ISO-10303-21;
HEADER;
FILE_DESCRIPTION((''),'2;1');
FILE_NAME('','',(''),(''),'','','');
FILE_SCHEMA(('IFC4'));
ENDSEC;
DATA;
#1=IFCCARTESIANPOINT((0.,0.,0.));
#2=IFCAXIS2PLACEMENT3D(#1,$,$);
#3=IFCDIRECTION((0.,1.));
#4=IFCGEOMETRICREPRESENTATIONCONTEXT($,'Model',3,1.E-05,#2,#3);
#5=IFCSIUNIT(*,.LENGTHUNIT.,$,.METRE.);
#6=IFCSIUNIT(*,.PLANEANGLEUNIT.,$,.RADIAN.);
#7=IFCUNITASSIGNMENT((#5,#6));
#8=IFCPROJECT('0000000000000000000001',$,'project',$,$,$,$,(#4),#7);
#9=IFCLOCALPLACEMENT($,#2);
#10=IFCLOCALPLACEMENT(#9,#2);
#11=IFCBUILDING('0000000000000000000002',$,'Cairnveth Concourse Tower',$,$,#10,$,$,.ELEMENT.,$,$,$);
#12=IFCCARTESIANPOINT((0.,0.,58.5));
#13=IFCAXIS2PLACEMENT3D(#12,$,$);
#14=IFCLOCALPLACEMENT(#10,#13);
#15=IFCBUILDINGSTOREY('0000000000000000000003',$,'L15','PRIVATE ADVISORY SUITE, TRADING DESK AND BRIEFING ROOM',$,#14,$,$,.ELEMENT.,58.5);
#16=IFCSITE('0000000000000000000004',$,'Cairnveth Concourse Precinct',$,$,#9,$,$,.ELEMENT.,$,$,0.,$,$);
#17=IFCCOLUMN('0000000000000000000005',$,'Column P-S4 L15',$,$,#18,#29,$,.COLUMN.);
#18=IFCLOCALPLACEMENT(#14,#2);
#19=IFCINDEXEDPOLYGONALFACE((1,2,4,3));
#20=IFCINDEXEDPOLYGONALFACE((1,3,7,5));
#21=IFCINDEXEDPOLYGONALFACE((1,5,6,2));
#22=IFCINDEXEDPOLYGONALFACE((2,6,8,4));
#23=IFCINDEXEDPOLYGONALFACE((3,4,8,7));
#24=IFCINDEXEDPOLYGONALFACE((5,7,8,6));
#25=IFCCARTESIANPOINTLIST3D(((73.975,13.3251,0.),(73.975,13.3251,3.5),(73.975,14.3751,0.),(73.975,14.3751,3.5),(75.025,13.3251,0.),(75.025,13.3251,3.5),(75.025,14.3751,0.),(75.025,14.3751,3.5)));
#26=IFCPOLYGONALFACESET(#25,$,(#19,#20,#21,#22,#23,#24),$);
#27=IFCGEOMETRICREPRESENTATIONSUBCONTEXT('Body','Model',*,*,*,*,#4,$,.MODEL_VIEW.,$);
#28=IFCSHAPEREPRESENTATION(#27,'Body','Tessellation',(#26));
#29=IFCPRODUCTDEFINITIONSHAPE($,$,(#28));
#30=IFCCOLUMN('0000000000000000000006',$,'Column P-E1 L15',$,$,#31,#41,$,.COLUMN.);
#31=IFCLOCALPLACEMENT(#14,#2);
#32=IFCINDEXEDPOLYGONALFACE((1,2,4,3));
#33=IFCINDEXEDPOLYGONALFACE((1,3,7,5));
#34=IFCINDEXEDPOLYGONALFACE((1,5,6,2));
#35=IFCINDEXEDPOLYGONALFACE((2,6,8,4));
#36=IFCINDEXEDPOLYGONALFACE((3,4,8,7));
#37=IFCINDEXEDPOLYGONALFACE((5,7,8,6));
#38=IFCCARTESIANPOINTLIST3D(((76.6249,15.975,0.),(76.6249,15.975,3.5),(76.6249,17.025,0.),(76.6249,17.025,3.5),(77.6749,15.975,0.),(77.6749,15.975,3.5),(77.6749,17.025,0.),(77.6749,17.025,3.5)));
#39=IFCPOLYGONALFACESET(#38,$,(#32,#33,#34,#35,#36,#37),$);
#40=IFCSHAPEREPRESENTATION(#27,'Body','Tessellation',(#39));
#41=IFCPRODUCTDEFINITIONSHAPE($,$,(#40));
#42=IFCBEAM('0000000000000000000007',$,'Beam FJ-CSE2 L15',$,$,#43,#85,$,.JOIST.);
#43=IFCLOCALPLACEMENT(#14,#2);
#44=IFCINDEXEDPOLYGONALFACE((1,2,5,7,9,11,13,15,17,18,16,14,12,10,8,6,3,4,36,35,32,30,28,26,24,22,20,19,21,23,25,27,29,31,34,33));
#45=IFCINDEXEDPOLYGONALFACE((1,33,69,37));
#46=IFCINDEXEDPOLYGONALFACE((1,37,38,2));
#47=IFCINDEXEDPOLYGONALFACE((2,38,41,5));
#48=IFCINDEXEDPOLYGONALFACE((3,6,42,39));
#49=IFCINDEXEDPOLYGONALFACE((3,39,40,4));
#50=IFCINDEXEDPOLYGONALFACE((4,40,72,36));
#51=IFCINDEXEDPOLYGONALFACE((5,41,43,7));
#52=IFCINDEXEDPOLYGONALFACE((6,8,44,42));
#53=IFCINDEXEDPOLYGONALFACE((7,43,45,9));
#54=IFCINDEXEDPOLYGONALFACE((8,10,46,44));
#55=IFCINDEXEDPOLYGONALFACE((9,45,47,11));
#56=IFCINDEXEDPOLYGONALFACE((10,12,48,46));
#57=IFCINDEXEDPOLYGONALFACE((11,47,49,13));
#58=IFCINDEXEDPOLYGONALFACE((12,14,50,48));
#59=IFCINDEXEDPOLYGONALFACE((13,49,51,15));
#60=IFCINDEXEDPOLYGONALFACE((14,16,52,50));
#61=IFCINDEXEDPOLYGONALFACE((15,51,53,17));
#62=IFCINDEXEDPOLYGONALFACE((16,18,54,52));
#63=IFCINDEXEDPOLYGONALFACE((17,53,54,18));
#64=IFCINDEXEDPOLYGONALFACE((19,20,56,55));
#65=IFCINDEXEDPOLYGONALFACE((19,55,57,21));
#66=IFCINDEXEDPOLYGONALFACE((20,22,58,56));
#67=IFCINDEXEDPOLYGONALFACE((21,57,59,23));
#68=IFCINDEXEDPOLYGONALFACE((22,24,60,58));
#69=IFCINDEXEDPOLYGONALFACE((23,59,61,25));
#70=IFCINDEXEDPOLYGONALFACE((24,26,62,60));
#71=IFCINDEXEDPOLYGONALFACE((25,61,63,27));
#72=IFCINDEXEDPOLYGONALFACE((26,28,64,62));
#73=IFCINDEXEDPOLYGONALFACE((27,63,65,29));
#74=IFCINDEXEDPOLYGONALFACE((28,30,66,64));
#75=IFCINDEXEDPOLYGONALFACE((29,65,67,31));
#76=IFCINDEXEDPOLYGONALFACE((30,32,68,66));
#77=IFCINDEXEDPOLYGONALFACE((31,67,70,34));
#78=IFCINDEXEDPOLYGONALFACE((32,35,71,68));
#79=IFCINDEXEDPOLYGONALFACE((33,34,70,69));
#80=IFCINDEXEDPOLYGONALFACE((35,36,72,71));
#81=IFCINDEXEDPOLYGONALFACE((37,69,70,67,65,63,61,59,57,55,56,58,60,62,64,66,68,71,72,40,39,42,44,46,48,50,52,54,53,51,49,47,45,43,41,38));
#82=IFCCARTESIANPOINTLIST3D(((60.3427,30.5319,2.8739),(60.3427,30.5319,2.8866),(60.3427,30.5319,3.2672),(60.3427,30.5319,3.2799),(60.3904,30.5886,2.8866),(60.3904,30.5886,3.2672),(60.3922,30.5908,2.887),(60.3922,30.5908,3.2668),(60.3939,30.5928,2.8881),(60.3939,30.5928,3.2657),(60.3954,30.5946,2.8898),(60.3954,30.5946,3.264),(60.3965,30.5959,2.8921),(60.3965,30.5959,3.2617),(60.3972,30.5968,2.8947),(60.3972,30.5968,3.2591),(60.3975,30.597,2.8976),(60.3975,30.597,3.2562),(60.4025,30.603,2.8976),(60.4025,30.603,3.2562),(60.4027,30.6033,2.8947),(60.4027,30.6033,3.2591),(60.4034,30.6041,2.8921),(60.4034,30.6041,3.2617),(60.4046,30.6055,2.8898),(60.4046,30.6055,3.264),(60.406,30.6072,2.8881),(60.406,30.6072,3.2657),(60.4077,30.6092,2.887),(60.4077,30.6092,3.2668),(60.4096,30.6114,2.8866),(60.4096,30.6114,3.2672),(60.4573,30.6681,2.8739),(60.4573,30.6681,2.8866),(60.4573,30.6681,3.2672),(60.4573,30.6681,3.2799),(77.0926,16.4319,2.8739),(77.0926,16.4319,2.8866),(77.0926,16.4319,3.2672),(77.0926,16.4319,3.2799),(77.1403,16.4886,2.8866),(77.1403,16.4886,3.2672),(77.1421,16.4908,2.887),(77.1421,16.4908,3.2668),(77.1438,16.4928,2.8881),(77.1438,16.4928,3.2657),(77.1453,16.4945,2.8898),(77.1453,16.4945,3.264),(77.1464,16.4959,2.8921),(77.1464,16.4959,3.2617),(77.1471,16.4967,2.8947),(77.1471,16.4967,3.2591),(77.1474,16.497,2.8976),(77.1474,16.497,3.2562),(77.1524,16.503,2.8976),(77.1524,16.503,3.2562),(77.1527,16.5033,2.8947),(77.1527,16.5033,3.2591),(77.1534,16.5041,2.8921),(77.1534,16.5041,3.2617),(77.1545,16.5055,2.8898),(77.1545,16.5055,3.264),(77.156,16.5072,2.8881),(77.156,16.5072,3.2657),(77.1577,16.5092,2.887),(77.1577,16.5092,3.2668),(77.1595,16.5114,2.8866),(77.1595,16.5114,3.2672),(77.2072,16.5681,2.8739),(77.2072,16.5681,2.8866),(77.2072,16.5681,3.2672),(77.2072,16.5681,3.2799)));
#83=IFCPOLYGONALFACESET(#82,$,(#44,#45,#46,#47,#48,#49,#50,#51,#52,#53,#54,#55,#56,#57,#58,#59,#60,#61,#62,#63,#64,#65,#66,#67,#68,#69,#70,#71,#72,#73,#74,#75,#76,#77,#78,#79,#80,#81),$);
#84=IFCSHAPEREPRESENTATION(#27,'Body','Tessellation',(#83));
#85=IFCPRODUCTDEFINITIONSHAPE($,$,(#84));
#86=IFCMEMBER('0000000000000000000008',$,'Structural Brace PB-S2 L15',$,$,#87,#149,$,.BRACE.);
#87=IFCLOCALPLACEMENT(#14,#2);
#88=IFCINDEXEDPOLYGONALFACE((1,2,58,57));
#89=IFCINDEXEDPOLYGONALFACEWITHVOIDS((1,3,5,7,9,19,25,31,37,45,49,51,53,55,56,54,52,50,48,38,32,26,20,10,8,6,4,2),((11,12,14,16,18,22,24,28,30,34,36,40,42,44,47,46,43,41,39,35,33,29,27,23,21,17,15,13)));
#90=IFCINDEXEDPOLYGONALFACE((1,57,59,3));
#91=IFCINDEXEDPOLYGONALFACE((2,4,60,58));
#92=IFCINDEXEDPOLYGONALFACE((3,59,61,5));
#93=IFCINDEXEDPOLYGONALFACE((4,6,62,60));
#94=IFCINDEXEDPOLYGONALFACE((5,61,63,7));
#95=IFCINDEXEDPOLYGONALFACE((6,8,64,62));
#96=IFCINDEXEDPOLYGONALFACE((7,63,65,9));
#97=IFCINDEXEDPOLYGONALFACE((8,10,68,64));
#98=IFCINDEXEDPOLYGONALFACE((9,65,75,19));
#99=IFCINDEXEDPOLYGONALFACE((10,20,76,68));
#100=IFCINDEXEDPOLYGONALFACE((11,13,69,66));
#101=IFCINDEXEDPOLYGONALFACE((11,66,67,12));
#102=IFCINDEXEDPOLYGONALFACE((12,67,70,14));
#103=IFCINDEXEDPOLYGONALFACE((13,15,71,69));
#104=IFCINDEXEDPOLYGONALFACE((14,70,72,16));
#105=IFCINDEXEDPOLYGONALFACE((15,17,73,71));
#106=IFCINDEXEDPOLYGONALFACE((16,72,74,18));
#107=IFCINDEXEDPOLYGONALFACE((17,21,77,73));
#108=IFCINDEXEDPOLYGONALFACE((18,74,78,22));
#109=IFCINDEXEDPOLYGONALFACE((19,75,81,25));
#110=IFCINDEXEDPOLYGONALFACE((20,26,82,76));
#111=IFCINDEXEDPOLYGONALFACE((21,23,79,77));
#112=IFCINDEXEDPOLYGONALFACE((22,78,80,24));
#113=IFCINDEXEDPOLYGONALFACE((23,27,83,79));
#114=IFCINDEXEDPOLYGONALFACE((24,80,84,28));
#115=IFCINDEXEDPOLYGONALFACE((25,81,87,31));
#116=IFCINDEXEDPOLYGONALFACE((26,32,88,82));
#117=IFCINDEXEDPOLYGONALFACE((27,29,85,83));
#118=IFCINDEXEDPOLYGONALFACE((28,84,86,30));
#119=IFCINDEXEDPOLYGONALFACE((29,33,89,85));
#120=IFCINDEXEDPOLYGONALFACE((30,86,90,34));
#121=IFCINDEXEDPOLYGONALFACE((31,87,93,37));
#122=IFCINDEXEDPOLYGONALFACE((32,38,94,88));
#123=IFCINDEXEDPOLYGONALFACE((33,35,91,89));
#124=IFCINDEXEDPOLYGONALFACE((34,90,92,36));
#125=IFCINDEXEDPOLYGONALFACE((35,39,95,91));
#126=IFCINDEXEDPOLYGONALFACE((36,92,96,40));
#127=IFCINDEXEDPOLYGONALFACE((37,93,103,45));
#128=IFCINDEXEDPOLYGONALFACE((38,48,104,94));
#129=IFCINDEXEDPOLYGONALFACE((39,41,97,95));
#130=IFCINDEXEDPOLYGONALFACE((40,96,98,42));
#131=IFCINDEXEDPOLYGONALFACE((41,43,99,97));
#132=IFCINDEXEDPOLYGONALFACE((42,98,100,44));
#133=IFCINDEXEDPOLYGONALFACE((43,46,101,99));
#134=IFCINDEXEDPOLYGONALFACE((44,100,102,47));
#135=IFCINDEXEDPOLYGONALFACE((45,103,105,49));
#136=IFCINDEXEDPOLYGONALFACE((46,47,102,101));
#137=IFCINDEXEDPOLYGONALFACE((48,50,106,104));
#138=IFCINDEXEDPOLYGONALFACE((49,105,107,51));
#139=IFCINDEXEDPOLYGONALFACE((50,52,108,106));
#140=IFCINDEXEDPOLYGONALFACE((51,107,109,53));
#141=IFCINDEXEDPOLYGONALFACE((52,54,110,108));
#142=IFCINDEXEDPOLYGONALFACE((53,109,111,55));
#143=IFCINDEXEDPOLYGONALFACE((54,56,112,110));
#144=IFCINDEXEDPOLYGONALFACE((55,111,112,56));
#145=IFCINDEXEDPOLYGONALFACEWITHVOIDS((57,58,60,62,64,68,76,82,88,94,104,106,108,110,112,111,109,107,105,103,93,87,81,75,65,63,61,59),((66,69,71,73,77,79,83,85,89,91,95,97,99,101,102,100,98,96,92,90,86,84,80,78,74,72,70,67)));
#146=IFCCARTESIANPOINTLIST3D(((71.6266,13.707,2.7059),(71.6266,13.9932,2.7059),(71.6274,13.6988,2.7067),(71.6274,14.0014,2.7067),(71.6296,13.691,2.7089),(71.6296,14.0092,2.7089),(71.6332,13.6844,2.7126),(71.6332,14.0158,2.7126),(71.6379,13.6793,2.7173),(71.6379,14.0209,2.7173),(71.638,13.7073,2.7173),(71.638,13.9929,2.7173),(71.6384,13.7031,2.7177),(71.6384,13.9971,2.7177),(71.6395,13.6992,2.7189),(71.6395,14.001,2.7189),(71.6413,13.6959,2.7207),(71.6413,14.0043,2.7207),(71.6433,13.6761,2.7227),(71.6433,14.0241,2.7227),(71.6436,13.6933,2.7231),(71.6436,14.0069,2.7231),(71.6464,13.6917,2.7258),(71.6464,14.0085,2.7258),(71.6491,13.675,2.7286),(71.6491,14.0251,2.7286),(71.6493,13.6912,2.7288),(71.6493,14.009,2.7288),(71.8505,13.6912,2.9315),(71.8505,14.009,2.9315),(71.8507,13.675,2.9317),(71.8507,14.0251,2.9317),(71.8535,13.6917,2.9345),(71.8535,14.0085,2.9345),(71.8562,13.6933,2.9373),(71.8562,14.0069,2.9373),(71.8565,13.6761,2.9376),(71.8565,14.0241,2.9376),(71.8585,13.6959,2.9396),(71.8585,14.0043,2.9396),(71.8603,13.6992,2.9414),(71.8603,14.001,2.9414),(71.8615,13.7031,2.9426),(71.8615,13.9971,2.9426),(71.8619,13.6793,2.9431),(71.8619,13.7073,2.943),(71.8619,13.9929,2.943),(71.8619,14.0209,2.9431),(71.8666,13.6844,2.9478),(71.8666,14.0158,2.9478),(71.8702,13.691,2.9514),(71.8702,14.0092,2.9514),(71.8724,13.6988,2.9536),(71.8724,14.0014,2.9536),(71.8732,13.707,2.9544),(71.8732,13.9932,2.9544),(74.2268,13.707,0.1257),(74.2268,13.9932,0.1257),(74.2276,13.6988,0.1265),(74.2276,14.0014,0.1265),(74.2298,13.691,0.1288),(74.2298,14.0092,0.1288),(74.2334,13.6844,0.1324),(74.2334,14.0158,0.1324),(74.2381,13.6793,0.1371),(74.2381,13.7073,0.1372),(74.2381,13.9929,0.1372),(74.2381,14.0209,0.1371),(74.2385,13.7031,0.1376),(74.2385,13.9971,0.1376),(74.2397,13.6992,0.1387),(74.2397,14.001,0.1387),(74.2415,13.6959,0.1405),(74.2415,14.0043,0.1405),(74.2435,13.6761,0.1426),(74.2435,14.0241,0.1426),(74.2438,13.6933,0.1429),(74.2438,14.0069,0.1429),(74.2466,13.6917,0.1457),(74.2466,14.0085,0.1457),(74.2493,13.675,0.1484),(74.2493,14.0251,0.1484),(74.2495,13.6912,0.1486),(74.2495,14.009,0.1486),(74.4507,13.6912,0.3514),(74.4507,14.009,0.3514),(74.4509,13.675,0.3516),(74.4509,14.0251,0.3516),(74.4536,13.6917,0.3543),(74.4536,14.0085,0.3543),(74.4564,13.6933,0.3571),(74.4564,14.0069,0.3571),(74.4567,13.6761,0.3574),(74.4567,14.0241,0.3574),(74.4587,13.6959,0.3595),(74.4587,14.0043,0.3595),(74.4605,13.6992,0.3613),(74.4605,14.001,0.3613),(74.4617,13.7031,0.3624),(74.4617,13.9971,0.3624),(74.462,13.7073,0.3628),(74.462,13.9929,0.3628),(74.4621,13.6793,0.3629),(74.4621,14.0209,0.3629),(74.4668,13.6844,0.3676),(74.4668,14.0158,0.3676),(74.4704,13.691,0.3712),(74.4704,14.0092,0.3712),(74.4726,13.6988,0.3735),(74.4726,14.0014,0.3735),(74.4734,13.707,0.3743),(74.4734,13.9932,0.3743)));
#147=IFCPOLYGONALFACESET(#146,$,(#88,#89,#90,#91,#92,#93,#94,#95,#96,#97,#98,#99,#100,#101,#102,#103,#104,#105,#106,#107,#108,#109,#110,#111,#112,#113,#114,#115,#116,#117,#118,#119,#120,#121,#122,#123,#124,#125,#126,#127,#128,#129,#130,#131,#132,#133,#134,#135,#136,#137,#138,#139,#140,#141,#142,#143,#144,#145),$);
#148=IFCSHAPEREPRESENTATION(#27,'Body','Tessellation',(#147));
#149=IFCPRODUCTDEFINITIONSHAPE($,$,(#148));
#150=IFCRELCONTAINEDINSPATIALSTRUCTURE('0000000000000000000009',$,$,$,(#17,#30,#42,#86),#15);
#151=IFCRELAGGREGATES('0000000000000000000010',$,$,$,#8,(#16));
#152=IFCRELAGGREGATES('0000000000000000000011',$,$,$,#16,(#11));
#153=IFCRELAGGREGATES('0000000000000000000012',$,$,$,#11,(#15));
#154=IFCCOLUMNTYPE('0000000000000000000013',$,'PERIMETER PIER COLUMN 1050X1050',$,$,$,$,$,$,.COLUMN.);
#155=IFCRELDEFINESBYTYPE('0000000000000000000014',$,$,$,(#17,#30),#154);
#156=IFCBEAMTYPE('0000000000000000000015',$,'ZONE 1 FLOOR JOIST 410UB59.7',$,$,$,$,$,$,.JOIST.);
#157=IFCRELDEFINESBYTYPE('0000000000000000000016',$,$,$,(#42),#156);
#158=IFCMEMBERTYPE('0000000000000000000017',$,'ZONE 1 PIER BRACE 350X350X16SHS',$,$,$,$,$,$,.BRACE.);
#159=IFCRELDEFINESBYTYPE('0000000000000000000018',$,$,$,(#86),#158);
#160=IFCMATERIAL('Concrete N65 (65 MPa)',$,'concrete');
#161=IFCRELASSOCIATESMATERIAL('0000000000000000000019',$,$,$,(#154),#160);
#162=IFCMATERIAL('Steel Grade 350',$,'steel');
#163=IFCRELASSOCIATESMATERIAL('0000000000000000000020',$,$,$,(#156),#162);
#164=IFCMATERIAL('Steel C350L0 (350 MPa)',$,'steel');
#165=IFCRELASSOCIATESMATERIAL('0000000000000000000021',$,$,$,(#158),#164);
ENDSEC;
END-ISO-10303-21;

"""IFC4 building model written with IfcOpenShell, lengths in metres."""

from ifc_helpers import new_model, si_unit, direction, frame, origin, origin_2d, place, context, subcontext, project, spatial, rectangle, hollow_rectangle, i_section, extrude, material, material_profile, profile_set, type_object, element, save


model = new_model("IFC4")

# Units and contexts
model_context = context("Model", 3, precision=1e-05, world=origin(), true_north=direction((0.0, 1.0)))
body_context = subcontext(model_context, "Body", "Model", "MODEL_VIEW")
ifc_project = project(units=[si_unit("LENGTHUNIT", "METRE"), si_unit("PLANEANGLEUNIT", "RADIAN")], contexts=[model_context])

# Site, building, storey
site_placement = place(None, origin())
site = spatial("IfcSite", under=ifc_project, at=site_placement, Name="Cairnveth Concourse Precinct", CompositionType="ELEMENT", RefElevation=0.0)
building_placement = place(site_placement, origin())
building = spatial("IfcBuilding", under=site, at=building_placement, Name="Cairnveth Concourse Tower", CompositionType="ELEMENT")
storey_placement = place(building_placement, frame((0.0, 0.0, 58.5)))
storey = spatial("IfcBuildingStorey", under=building, at=storey_placement, Name="L15", Description="PRIVATE ADVISORY SUITE, TRADING DESK AND BRIEFING ROOM", CompositionType="ELEMENT", Elevation=58.5)

# Columns
ifc_material_1 = material(Name="Concrete N65 (65 MPa)", Category="concrete")
ifc_material_profile_1 = material_profile(ifc_material_1, rectangle(XDim=1.05, YDim=1.05, at=origin_2d()), Name="RC-COL-1050x1050")
ifc_profile_set_1 = profile_set([ifc_material_profile_1], Name="Concrete N65 (65 MPa)")
column_type = type_object("IfcColumnType", Name="PERIMETER PIER COLUMN 1050X1050", PredefinedType="COLUMN", material=ifc_profile_set_1)
for number, where, z_axis, x_axis, name in (
    (1, (74.5, 13.8501, 0.0), (0.0, 0.0, 1.0), (1.0, 0.0, 0.0), "Column P-S4 L15"),
    (2, (77.1499, 16.5, 0.0), (0.0, 0.0, 1.0), (0.0, 1.0, 0.0), "Column P-E1 L15"),
):
    element("IfcColumn", number, at=place(storey_placement, frame(where, z_axis=z_axis, x_axis=x_axis)), inside=storey, type_object=column_type, Name=name, PredefinedType="COLUMN", context=body_context, shape_type="SweptSolid", body=[
        extrude(rectangle(XDim=1.05, YDim=1.05, at=origin_2d()), origin(), (0.0, 0.0, 1.0), 3.5),
    ])

# Beam
ifc_material_2 = material(Name="Steel Grade 350", Category="steel")
ifc_material_profile_2 = material_profile(ifc_material_2, i_section(OverallWidth=0.178, OverallDepth=0.406, WebThickness=0.0078, FlangeThickness=0.0127, FilletRadius=0.011, at=origin_2d()), Name="410UB59.7")
ifc_profile_set_2 = profile_set([ifc_material_profile_2], Name="Steel Grade 350")
beam_type_1 = type_object("IfcBeamType", Name="ZONE 1 FLOOR JOIST 410UB59.7", PredefinedType="JOIST", material=ifc_profile_set_2)
beam_1_placement = place(storey_placement, frame((77.1499, 16.5, 3.0769), z_axis=(-0.765027, 0.643998, 0.0), x_axis=(-0.643998, -0.765027, 0.0)))
element("IfcBeam", 3, at=beam_1_placement, inside=storey, type_object=beam_type_1, Name="Beam FJ-CSE2 L15", PredefinedType="JOIST", context=body_context, shape_type="SweptSolid", body=[
    extrude(i_section(OverallWidth=0.178, OverallDepth=0.406, WebThickness=0.0078, FlangeThickness=0.0127, FilletRadius=0.011, at=origin_2d()), origin(), (0.0, 0.0, 1.0), 21.8945),
])

# Member
ifc_material_3 = material(Name="Steel C350L0 (350 MPa)", Category="steel")
ifc_material_profile_3 = material_profile(ifc_material_3, hollow_rectangle(XDim=0.3501, YDim=0.3501, WallThickness=0.0161, InnerFilletRadius=0.0161, OuterFilletRadius=0.032, at=origin_2d()), Name="350x350x16.0SHS")
ifc_profile_set_3 = profile_set([ifc_material_profile_3], Name="Steel C350L0 (350 MPa)")
member_type = type_object("IfcMemberType", Name="ZONE 1 PIER BRACE 350X350X16SHS", PredefinedType="BRACE", material=ifc_profile_set_3)
for number, where, z_axis, x_axis, name in (
    (4, (74.3501, 13.8501, 0.25), (-0.709834, 0.0, 0.704369), (0.0, -1.0, 0.0), "Structural Brace PB-S2 L15"),
):
    element("IfcMember", number, at=place(storey_placement, frame(where, z_axis=z_axis, x_axis=x_axis)), inside=storey, type_object=member_type, Name=name, PredefinedType="BRACE", context=body_context, shape_type="SweptSolid", body=[
        extrude(hollow_rectangle(XDim=0.3501, YDim=0.3501, WallThickness=0.0161, InnerFilletRadius=0.0161, OuterFilletRadius=0.032, at=origin_2d()), origin(), (0.0, 0.0, 1.0), 3.6631),
    ])

save(model, "model.ifc")
